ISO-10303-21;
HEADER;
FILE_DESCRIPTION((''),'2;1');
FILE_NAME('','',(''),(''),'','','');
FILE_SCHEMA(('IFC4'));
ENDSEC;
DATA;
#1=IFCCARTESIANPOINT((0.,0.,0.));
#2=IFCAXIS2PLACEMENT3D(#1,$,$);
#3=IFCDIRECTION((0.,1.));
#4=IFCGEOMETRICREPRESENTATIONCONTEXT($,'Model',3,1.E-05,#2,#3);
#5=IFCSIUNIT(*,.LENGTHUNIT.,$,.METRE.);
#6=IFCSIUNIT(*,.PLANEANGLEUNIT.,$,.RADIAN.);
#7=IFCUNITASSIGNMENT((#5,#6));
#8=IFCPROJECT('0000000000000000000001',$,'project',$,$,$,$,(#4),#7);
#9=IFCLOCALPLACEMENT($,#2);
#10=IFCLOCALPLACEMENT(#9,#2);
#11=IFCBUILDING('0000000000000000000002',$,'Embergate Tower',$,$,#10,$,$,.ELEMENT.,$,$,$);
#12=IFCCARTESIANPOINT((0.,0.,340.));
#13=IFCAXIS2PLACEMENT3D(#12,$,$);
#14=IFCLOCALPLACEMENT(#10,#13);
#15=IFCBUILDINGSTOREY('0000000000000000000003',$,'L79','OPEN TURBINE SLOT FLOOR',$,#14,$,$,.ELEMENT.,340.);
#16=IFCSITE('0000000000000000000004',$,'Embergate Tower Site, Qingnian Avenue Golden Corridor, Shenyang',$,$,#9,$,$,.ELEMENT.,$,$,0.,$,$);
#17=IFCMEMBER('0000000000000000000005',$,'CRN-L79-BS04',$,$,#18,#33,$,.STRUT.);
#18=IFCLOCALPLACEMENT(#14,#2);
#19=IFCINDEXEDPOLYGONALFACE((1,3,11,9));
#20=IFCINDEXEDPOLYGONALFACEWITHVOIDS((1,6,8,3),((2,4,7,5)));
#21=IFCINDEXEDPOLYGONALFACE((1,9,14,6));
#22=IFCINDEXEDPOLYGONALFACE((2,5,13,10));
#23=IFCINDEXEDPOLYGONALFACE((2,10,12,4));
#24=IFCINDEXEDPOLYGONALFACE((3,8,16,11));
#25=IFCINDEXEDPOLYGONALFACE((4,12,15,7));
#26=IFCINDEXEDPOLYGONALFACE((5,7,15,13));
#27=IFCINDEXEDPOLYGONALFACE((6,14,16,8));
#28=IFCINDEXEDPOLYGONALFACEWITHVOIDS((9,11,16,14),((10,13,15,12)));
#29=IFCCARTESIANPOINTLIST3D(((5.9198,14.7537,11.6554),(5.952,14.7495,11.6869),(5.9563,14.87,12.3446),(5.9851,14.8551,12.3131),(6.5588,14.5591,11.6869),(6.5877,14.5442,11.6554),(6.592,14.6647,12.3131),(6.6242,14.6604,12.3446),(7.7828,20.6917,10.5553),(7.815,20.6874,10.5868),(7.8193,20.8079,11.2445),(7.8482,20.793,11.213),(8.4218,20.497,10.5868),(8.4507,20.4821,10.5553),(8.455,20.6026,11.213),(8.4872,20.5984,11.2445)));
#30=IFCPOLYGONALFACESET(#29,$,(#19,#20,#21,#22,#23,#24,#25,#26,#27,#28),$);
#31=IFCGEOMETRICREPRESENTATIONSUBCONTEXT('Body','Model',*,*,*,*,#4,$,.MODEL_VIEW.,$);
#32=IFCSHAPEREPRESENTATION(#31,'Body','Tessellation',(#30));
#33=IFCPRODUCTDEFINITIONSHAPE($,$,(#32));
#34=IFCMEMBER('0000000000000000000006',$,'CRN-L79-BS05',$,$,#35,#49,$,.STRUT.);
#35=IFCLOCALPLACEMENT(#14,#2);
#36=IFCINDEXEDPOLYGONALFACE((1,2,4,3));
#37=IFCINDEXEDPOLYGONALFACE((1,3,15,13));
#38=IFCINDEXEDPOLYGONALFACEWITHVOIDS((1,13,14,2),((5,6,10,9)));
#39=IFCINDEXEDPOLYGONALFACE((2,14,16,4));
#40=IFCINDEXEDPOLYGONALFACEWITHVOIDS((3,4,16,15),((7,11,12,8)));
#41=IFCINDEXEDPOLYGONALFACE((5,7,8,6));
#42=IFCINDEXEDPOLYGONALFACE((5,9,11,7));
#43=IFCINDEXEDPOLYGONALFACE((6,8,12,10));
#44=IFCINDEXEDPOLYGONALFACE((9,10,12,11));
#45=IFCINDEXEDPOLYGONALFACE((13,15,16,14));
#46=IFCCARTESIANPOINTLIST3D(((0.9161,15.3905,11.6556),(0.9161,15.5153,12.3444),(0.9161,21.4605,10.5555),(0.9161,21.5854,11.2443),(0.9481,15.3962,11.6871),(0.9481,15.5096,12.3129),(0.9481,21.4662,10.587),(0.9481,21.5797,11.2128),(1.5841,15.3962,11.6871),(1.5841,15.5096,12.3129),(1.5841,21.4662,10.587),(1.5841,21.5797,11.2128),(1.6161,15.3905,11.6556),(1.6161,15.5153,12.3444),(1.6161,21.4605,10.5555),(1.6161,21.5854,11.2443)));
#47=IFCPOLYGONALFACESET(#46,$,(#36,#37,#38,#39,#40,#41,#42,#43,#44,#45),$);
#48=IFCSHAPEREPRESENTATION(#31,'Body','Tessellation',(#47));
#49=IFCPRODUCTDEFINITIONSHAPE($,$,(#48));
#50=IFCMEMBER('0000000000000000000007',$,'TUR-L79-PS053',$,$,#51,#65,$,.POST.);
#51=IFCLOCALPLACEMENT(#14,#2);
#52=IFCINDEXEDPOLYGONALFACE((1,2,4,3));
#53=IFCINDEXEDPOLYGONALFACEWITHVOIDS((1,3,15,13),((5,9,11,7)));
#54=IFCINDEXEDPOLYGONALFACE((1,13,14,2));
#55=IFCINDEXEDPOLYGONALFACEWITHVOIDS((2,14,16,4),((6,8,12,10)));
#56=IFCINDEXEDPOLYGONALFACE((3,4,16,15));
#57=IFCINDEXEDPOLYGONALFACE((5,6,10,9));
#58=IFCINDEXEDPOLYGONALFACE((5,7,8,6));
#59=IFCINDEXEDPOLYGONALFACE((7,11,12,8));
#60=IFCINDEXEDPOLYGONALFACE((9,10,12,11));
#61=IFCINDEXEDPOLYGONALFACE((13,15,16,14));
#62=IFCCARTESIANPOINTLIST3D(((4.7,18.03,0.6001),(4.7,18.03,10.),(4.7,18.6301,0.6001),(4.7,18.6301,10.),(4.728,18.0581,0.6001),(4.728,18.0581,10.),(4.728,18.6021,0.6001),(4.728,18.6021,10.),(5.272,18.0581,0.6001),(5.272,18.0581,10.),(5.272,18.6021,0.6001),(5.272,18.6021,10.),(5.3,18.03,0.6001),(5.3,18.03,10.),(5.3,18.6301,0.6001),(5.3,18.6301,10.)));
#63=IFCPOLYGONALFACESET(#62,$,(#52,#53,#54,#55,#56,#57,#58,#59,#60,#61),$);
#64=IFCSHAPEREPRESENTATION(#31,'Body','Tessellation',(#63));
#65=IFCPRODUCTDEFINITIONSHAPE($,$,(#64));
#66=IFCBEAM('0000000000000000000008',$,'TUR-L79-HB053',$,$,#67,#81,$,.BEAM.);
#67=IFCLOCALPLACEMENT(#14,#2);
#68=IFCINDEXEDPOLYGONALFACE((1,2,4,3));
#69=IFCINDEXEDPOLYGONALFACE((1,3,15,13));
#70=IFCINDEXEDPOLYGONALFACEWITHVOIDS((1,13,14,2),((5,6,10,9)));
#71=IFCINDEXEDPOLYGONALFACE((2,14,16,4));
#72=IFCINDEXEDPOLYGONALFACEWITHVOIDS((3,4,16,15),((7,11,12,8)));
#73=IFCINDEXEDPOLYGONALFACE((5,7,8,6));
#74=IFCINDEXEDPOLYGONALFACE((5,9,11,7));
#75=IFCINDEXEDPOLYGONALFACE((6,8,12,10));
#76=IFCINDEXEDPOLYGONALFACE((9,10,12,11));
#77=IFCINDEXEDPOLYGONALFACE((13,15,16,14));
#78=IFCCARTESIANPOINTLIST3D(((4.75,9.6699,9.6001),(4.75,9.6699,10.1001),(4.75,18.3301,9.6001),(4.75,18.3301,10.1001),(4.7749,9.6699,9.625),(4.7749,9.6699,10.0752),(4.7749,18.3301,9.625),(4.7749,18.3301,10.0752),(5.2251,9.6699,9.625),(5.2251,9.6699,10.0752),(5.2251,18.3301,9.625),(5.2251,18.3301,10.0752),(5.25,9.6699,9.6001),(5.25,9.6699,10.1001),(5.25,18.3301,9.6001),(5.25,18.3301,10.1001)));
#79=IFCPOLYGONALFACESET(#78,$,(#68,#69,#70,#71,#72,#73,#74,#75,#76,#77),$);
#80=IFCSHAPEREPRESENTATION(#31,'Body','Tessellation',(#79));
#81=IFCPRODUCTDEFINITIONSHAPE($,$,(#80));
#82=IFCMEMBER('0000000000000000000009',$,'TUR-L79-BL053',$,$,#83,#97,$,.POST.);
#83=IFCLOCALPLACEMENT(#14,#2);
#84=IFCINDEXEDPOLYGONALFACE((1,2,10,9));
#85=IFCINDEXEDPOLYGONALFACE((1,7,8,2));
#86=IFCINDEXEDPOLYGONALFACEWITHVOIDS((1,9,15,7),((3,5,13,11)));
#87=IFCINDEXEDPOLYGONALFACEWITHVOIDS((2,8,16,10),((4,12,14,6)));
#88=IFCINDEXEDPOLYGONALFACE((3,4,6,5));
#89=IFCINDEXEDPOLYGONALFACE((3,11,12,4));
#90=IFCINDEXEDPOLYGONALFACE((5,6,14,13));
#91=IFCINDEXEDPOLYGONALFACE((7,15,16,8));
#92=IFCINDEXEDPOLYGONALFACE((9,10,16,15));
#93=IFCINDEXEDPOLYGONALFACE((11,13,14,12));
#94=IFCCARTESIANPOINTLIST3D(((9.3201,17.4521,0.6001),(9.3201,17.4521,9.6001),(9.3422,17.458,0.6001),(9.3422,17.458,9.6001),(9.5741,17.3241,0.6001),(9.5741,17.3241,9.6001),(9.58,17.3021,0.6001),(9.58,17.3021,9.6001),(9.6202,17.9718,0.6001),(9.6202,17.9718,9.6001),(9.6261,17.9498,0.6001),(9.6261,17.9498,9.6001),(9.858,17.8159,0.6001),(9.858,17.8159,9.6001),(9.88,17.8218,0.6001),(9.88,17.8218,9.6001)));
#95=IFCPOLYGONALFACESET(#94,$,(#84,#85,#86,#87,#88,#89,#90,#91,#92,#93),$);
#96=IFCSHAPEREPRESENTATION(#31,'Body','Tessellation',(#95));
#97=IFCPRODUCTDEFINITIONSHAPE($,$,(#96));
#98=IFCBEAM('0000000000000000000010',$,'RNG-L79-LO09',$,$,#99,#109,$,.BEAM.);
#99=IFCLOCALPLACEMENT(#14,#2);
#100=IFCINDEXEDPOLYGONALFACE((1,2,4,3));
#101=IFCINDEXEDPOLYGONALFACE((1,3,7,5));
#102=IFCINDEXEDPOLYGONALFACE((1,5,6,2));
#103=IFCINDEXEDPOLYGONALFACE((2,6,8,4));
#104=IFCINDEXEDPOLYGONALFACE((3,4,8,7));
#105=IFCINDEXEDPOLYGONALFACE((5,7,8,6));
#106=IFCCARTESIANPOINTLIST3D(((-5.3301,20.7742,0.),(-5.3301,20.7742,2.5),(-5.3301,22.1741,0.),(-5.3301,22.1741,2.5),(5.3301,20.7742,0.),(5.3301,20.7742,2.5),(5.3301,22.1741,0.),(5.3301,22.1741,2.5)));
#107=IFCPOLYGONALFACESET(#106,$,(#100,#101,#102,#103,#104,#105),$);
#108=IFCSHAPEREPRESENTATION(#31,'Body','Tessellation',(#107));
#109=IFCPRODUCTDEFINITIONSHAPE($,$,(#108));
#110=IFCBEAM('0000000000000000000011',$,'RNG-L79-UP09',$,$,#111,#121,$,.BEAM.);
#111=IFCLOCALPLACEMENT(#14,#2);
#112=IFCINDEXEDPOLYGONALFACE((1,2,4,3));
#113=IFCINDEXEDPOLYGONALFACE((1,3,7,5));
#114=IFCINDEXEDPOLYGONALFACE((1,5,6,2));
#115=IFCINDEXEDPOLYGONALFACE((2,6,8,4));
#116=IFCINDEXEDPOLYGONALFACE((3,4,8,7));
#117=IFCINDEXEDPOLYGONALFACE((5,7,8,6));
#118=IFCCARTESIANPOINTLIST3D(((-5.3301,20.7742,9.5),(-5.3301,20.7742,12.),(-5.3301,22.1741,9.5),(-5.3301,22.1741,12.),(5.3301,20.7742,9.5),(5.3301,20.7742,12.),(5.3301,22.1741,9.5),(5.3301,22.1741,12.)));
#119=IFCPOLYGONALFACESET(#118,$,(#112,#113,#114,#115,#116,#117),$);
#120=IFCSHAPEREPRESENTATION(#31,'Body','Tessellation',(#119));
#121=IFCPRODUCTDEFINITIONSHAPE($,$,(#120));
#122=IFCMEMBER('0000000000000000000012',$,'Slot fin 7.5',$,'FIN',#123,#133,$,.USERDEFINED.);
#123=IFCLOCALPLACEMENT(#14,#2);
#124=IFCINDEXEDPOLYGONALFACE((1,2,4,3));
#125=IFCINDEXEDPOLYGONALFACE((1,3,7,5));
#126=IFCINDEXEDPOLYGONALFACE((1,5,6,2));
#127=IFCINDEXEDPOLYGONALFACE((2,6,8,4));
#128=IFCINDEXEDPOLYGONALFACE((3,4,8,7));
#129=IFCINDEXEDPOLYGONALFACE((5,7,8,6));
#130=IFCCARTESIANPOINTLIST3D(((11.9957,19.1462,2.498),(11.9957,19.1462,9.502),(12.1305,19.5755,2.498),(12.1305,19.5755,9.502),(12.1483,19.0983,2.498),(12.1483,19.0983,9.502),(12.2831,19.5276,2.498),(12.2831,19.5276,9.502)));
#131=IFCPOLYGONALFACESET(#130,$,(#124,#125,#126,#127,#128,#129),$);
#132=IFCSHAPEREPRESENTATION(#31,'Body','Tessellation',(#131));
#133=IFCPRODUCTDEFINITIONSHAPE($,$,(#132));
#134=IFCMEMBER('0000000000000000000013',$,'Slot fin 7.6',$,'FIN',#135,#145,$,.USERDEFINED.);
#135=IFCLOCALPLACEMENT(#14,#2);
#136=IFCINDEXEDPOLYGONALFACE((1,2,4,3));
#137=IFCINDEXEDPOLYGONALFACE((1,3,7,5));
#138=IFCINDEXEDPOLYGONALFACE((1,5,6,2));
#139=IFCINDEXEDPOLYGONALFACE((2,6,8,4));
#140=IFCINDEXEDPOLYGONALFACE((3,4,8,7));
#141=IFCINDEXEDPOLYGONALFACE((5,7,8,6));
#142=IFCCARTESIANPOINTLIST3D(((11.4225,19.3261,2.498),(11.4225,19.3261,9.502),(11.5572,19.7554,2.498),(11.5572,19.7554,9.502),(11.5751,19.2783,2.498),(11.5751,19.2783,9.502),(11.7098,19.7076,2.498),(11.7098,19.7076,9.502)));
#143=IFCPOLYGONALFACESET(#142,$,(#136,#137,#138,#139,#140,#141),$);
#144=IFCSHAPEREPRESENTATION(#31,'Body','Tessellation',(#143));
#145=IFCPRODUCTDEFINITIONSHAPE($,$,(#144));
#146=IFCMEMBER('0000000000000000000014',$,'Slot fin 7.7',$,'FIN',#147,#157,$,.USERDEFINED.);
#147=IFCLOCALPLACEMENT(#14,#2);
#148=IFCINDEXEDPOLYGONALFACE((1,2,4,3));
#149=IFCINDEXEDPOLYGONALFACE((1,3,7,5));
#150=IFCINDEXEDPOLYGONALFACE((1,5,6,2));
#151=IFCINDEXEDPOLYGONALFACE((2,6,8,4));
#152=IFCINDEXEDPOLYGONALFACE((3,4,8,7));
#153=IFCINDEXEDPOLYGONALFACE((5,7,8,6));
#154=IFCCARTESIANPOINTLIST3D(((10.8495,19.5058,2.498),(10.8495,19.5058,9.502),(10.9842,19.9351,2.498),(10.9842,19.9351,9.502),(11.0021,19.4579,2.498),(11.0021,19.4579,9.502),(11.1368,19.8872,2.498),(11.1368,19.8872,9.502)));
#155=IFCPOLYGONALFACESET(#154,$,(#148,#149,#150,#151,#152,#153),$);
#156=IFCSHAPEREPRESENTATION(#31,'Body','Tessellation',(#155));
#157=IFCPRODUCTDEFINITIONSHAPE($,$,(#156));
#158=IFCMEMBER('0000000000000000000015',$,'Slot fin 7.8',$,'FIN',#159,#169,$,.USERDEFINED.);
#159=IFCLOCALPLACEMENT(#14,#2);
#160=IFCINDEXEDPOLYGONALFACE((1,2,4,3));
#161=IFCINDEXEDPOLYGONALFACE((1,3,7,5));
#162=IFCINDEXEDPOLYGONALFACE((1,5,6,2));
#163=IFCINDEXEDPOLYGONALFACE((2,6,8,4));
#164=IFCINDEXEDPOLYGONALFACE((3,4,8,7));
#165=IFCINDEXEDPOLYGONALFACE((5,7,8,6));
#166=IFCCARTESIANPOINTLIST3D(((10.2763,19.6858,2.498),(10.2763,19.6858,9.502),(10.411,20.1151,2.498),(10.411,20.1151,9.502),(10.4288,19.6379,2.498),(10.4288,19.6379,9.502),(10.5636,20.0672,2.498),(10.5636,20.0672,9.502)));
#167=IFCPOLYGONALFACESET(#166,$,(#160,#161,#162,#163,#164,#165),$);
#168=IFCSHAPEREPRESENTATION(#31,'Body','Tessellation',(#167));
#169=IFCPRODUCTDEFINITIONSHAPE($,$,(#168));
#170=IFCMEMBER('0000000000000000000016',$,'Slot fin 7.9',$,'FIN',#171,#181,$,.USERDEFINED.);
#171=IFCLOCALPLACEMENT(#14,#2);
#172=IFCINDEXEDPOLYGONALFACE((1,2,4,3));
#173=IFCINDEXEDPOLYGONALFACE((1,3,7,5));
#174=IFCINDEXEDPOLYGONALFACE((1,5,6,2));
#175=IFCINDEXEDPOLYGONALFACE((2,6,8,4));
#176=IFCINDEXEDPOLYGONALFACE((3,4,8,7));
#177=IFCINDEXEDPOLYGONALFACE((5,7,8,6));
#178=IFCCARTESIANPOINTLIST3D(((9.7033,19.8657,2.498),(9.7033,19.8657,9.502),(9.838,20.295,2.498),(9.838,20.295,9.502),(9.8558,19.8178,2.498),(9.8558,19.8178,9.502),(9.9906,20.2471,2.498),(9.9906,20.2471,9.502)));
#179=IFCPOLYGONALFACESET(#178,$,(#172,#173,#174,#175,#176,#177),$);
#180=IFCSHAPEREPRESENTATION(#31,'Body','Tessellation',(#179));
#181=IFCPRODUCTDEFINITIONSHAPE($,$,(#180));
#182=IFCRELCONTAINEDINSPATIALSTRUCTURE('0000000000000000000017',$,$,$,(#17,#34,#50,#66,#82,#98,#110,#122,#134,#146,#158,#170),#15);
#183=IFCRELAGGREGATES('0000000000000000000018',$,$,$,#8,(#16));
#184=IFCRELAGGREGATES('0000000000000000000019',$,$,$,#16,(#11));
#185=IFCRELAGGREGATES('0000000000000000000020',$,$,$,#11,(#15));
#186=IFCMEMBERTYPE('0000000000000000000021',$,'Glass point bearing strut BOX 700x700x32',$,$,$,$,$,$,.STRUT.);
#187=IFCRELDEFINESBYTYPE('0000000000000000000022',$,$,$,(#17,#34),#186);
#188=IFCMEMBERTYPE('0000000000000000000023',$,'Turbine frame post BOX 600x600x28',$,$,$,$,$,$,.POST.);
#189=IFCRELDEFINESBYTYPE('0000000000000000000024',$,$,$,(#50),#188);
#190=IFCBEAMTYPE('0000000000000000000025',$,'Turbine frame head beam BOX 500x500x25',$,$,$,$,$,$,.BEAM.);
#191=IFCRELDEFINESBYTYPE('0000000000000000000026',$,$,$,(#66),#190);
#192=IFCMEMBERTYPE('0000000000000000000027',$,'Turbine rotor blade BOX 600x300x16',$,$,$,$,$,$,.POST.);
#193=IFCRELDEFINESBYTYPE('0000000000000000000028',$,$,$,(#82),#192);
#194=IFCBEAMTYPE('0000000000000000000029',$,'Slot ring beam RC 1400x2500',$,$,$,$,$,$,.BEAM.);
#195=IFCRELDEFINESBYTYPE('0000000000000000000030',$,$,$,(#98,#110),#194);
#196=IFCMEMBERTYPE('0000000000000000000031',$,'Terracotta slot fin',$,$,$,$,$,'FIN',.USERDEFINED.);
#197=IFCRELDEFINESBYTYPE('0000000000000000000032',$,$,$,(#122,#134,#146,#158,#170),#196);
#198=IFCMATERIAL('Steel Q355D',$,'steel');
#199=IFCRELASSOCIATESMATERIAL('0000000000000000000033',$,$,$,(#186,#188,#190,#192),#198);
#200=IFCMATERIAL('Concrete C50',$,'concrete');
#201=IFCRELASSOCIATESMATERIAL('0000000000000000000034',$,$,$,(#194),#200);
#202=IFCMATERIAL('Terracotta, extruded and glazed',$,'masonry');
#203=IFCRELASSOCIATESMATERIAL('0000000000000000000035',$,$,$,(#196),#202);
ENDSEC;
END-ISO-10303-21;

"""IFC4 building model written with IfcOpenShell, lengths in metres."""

from ifc_helpers import new_model, si_unit, direction, frame, origin, origin_2d, place, context, subcontext, project, spatial, rectangle, hollow_rectangle, extrude, source, transform, mapped, material, material_profile, profile_set, type_object, element, save


model = new_model("IFC4")

# Units and contexts
model_context = context("Model", 3, precision=1e-05, world=origin(), true_north=direction((0.0, 1.0)))
body_context = subcontext(model_context, "Body", "Model", "MODEL_VIEW")
ifc_project = project(units=[si_unit("LENGTHUNIT", "METRE"), si_unit("PLANEANGLEUNIT", "RADIAN")], contexts=[model_context])

# Site, building, storey
site_placement = place(None, origin())
site = spatial("IfcSite", under=ifc_project, at=site_placement, Name="Embergate Tower Site, Qingnian Avenue Golden Corridor, Shenyang", CompositionType="ELEMENT", RefElevation=0.0)
building_placement = place(site_placement, origin())
building = spatial("IfcBuilding", under=site, at=building_placement, Name="Embergate Tower", CompositionType="ELEMENT")
storey_placement = place(building_placement, frame((0.0, 0.0, 340.0)))
storey = spatial("IfcBuildingStorey", under=building, at=storey_placement, Name="L79", Description="OPEN TURBINE SLOT FLOOR", CompositionType="ELEMENT", Elevation=340.0)

# Shared definitions
ifc_material_1 = material(Name="Concrete C50", Category="concrete")

# Members
ifc_material_2 = material(Name="Steel Q355D", Category="steel")
ifc_material_profile_1 = material_profile(ifc_material_2, hollow_rectangle(XDim=0.7, YDim=0.7, WallThickness=0.032, at=origin_2d()), Name="BOX 700x700x32")
ifc_profile_set_1 = profile_set([ifc_material_profile_1], Name="Steel Q355 grade D")
member_type_1 = type_object("IfcMemberType", Name="Glass point bearing strut BOX 700x700x32", PredefinedType="STRUT", material=ifc_profile_set_1)
shared_shape_1 = source(origin(), body_context, "Body", "SweptSolid", [
    extrude(hollow_rectangle(XDim=0.7, YDim=0.7, WallThickness=0.032, at=origin_2d()), origin(), (0.0, 0.0, 1.0), 6.3198),
])
member_1_placement = place(storey_placement, frame((8.135, 20.645, 10.8999), z_axis=(-0.29479, -0.939574, 0.17407), x_axis=(0.95414, -0.29936, 0.0)))
element("IfcMember", 1, at=member_1_placement, inside=storey, type_object=member_type_1, Name="CRN-L79-BS04", PredefinedType="STRUT", context=body_context, shape_type="MappedRepresentation", body=[
    mapped(shared_shape_1, transform((0.0, 0.0, 0.0))),
])
shared_shape_2 = source(origin(), body_context, "Body", "SweptSolid", [
    extrude(hollow_rectangle(XDim=0.7, YDim=0.7, WallThickness=0.032, at=origin_2d()), origin(), (0.0, 0.0, 1.0), 6.1689),
])
member_2_placement = place(storey_placement, frame((1.2661, 21.5229, 10.8999), z_axis=(0.0, -0.983971, 0.178328), x_axis=(1.0, 0.0, 0.0)))
element("IfcMember", 2, at=member_2_placement, inside=storey, type_object=member_type_1, Name="CRN-L79-BS05", PredefinedType="STRUT", context=body_context, shape_type="MappedRepresentation", body=[
    mapped(shared_shape_2, transform((0.0, 0.0, 0.0))),
])
ifc_material_profile_2 = material_profile(ifc_material_2, hollow_rectangle(XDim=0.6001, YDim=0.6001, WallThickness=0.0281, at=origin_2d()), Name="BOX 600x600x28")
ifc_profile_set_2 = profile_set([ifc_material_profile_2], Name="Steel Q355 grade D")
member_type_2 = type_object("IfcMemberType", Name="Turbine frame post BOX 600x600x28", PredefinedType="POST", material=ifc_profile_set_2)
shared_shape_3 = source(origin(), body_context, "Body", "SweptSolid", [
    extrude(hollow_rectangle(XDim=0.6001, YDim=0.6001, WallThickness=0.0281, at=origin_2d()), origin(), (0.0, 0.0, 1.0), 9.3999),
])
member_3_placement = place(storey_placement, frame((5.0, 18.3301, 0.6001), z_axis=(0.0, 0.0, 1.0), x_axis=(1.0, 0.0, 0.0)))
element("IfcMember", 3, at=member_3_placement, inside=storey, type_object=member_type_2, Name="TUR-L79-PS053", PredefinedType="POST", context=body_context, shape_type="MappedRepresentation", body=[
    mapped(shared_shape_3, transform((0.0, 0.0, 0.0))),
])

# Beam
ifc_material_profile_3 = material_profile(ifc_material_2, hollow_rectangle(XDim=0.5, YDim=0.5, WallThickness=0.0249, at=origin_2d()), Name="BOX 500x500x25")
ifc_profile_set_3 = profile_set([ifc_material_profile_3], Name="Steel Q355 grade D")
beam_type_1 = type_object("IfcBeamType", Name="Turbine frame head beam BOX 500x500x25", PredefinedType="BEAM", material=ifc_profile_set_3)
shared_shape_4 = source(origin(), body_context, "Body", "SweptSolid", [
    extrude(hollow_rectangle(XDim=0.5, YDim=0.5, WallThickness=0.0249, at=origin_2d()), origin(), (0.0, 0.0, 1.0), 8.6602),
])
beam_1_placement = place(storey_placement, frame((5.0, 18.3301, 9.8501), z_axis=(0.0, -1.0, 0.0), x_axis=(1.0, 0.0, 0.0)))
element("IfcBeam", 4, at=beam_1_placement, inside=storey, type_object=beam_type_1, Name="TUR-L79-HB053", PredefinedType="BEAM", context=body_context, shape_type="MappedRepresentation", body=[
    mapped(shared_shape_4, transform((0.0, 0.0, 0.0))),
])

# Member
ifc_material_profile_4 = material_profile(ifc_material_2, hollow_rectangle(XDim=0.3, YDim=0.6001, WallThickness=0.0161, at=origin_2d()), Name="BOX 600x300x16")
ifc_profile_set_4 = profile_set([ifc_material_profile_4], Name="Steel Q355 grade D")
member_type_3 = type_object("IfcMemberType", Name="Turbine rotor blade BOX 600x300x16", PredefinedType="POST", material=ifc_profile_set_4)
shared_shape_5 = source(origin(), body_context, "Body", "SweptSolid", [
    extrude(hollow_rectangle(XDim=0.3, YDim=0.6001, WallThickness=0.0161, at=origin_2d()), origin(), (0.0, 0.0, 1.0), 9.0),
])
member_4_placement = place(storey_placement, frame((9.6001, 17.637, 0.6001), z_axis=(0.0, 0.0, 1.0), x_axis=(-0.866025, 0.5, 0.0)))
element("IfcMember", 5, at=member_4_placement, inside=storey, type_object=member_type_3, Name="TUR-L79-BL053", PredefinedType="POST", context=body_context, shape_type="MappedRepresentation", body=[
    mapped(shared_shape_5, transform((0.0, 0.0, 0.0))),
])

# Beams
ifc_material_profile_5 = material_profile(ifc_material_1, rectangle(XDim=1.3999, YDim=2.5, at=origin_2d()), Name="RC 1400x2500")
ifc_profile_set_5 = profile_set([ifc_material_profile_5], Name="Concrete C50")
beam_type_2 = type_object("IfcBeamType", Name="Slot ring beam RC 1400x2500", PredefinedType="BEAM", material=ifc_profile_set_5)
shared_shape_6 = source(origin(), body_context, "Body", "SweptSolid", [
    extrude(rectangle(XDim=1.3999, YDim=2.5, at=origin_2d()), origin(), (0.0, 0.0, 1.0), 10.6602),
])
for number, where, z_axis, x_axis, name in (
    (6, (5.3301, 21.4741, 1.25), (-1.0, 0.0, 0.0), (0.0, -1.0, 0.0), "RNG-L79-LO09"),
    (7, (5.3301, 21.4741, 10.75), (-1.0, 0.0, 0.0), (0.0, -1.0, 0.0), "RNG-L79-UP09"),
):
    element("IfcBeam", number, at=place(storey_placement, frame(where, z_axis=z_axis, x_axis=x_axis)), inside=storey, type_object=beam_type_2, Name=name, PredefinedType="BEAM", context=body_context, shape_type="MappedRepresentation", body=[
        mapped(shared_shape_6, transform((0.0, 0.0, 0.0))),
    ])

# Members
ifc_material_3 = material(Name="Terracotta, extruded and glazed", Category="masonry")
ifc_material_profile_6 = material_profile(ifc_material_3, rectangle(XDim=0.45, YDim=0.1599, at=origin_2d()), Name="TC 450x160")
ifc_profile_set_6 = profile_set([ifc_material_profile_6], Name="Terracotta, extruded and glazed")
member_type_4 = type_object("IfcMemberType", Name="Terracotta slot fin", ElementType="FIN", PredefinedType="USERDEFINED", material=ifc_profile_set_6)
shared_shape_7 = source(origin(), body_context, "Body", "SweptSolid", [
    extrude(rectangle(XDim=0.45, YDim=0.1599, at=origin_2d()), origin(), (0.0, 0.0, 1.0), 7.0039),
])
for number, where, z_axis, x_axis, name in (
    (8, (12.1394, 19.3369, 2.498), (0.0, 0.0, 1.0), (-0.299449, -0.954112, 0.0), "Slot fin 7.5"),
    (9, (11.5662, 19.5168, 2.498), (0.0, 0.0, 1.0), (-0.299449, -0.954112, 0.0), "Slot fin 7.6"),
    (10, (10.9932, 19.6965, 2.498), (0.0, 0.0, 1.0), (-0.299449, -0.954112, 0.0), "Slot fin 7.7"),
    (11, (10.4199, 19.8765, 2.498), (0.0, 0.0, 1.0), (-0.299449, -0.954112, 0.0), "Slot fin 7.8"),
    (12, (9.8469, 20.0564, 2.498), (0.0, 0.0, 1.0), (-0.299449, -0.954112, 0.0), "Slot fin 7.9"),
):
    element("IfcMember", number, at=place(storey_placement, frame(where, z_axis=z_axis, x_axis=x_axis)), inside=storey, type_object=member_type_4, Name=name, ObjectType="FIN", PredefinedType="USERDEFINED", context=body_context, shape_type="MappedRepresentation", body=[
        mapped(shared_shape_7, transform((0.0, 0.0, 0.0))),
    ])

save(model, "model.ifc")
